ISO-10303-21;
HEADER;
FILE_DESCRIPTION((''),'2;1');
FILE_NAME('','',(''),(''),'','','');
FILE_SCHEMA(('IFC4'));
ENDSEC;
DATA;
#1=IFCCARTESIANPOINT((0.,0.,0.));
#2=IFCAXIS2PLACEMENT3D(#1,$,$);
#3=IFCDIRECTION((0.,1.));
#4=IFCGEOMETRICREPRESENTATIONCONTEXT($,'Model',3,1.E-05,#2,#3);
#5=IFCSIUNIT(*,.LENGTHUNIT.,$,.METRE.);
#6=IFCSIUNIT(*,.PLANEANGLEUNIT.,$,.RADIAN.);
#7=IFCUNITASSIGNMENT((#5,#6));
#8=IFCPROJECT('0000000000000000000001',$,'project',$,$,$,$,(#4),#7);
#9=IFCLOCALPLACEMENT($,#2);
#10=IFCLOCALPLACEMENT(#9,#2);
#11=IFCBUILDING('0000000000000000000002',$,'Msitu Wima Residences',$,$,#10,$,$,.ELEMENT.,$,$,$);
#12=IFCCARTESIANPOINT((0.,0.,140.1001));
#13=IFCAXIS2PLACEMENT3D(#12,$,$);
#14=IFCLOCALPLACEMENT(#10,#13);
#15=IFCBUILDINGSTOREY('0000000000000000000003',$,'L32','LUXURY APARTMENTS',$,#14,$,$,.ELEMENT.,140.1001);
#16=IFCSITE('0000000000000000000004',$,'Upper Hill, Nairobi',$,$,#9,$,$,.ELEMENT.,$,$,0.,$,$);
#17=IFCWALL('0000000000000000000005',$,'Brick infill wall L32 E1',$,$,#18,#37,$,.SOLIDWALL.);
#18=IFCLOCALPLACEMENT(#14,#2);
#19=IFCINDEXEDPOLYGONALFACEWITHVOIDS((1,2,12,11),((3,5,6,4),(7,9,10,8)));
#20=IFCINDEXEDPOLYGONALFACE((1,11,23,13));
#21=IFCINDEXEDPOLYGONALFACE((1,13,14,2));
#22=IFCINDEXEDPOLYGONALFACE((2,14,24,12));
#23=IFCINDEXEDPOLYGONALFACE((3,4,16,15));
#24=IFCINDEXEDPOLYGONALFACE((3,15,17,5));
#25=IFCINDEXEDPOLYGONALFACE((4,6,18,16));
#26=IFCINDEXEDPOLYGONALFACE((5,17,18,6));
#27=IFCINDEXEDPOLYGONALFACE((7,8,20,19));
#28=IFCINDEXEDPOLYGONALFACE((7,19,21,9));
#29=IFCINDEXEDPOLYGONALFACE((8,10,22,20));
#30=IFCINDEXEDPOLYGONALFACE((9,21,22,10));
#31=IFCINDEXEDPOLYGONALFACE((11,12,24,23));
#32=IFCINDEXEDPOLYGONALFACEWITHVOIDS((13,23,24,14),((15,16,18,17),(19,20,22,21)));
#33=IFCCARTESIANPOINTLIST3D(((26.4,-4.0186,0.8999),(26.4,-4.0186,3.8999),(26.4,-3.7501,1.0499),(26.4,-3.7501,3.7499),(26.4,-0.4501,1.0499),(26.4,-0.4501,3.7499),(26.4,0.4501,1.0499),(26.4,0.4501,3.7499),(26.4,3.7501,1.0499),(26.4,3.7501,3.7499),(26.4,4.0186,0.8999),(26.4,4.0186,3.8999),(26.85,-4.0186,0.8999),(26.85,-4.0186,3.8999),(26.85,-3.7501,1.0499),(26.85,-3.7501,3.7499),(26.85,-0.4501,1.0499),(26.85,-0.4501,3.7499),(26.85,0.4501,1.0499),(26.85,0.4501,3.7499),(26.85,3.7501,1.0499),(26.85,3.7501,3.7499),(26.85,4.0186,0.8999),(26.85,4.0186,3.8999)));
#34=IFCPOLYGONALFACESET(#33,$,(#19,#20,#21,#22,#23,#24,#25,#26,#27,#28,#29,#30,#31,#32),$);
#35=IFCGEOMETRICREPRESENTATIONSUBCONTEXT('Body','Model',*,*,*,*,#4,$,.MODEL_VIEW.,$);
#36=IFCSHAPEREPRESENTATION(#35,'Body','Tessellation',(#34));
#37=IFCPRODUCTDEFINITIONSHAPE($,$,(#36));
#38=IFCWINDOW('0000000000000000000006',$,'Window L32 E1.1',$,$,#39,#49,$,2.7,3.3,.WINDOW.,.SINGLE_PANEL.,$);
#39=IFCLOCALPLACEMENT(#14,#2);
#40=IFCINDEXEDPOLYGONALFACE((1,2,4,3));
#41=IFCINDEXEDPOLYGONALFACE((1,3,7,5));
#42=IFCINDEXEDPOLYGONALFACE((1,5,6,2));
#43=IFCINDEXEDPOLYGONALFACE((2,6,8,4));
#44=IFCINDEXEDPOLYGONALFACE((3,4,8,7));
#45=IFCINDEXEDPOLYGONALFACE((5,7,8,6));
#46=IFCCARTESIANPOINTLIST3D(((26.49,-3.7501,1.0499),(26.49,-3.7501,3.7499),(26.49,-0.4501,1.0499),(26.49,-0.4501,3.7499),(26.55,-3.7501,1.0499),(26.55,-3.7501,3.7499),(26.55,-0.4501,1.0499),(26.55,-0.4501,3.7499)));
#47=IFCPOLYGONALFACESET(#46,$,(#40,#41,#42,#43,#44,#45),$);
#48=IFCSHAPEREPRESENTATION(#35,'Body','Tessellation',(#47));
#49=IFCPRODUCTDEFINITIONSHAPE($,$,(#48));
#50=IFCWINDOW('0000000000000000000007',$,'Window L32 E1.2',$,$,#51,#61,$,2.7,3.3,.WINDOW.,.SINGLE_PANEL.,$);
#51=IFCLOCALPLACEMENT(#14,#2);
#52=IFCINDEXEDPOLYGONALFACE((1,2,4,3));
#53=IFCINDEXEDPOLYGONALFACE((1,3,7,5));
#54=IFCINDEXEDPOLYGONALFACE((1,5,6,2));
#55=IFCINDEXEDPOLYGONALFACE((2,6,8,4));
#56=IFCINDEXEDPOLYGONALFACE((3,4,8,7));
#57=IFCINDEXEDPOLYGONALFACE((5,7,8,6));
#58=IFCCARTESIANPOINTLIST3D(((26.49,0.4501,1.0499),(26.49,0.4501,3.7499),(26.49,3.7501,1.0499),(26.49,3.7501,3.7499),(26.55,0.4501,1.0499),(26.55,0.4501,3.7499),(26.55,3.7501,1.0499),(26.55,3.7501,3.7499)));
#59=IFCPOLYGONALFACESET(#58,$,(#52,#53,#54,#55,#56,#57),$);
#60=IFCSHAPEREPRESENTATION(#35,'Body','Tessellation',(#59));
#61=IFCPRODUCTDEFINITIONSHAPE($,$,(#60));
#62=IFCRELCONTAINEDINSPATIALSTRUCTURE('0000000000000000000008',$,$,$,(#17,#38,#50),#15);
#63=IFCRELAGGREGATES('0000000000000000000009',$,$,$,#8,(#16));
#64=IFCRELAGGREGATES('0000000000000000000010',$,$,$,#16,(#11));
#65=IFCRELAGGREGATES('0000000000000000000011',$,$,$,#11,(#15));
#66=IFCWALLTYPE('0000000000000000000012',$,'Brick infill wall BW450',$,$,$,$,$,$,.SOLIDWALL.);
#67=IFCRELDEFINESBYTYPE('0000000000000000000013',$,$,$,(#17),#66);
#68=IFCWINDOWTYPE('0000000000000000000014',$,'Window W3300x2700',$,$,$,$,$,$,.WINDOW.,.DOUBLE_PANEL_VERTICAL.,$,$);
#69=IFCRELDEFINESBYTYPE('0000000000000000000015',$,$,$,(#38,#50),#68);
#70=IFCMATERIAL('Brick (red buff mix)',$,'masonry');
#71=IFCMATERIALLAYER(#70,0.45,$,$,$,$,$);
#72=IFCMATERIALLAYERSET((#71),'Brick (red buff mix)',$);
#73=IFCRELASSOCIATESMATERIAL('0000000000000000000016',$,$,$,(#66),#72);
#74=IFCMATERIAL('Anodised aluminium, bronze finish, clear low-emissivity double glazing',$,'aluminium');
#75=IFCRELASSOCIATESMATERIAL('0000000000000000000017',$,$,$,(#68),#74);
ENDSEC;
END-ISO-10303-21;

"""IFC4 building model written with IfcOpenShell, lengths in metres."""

from ifc_helpers import new_model, si_unit, direction, frame, frame_2d, origin, place, context, subcontext, project, spatial, rectangle, extrude, material, layer, layer_set, type_object, element, fill, save


model = new_model("IFC4")

# Units and contexts
model_context = context("Model", 3, precision=1e-05, world=origin(), true_north=direction((0.0, 1.0)))
body_context = subcontext(model_context, "Body", "Model", "MODEL_VIEW")
ifc_project = project(units=[si_unit("LENGTHUNIT", "METRE"), si_unit("PLANEANGLEUNIT", "RADIAN")], contexts=[model_context])

# Site, building, storey
site_placement = place(None, origin())
site = spatial("IfcSite", under=ifc_project, at=site_placement, Name="Upper Hill, Nairobi", CompositionType="ELEMENT", RefElevation=0.0)
building_placement = place(site_placement, origin())
building = spatial("IfcBuilding", under=site, at=building_placement, Name="Msitu Wima Residences", CompositionType="ELEMENT")
storey_placement = place(building_placement, frame((0.0, 0.0, 140.1001)))
storey = spatial("IfcBuildingStorey", under=building, at=storey_placement, Name="L32", Description="LUXURY APARTMENTS", CompositionType="ELEMENT", Elevation=140.1001)

# Shared definitions
ifc_material_1 = material(Name="Brick (red buff mix)", Category="masonry")
ifc_layer_1 = layer(ifc_material_1, 0.45)
ifc_layer_set_1 = layer_set([ifc_layer_1], Name="Brick (red buff mix)")
wall_type_1 = type_object("IfcWallType", Name="Brick infill wall BW450", PredefinedType="SOLIDWALL", material=ifc_layer_set_1)
ifc_material_2 = material(Name="Anodised aluminium, bronze finish, clear low-emissivity double glazing", Category="aluminium")
window_type = type_object("IfcWindowType", Name="Window W3300x2700", PartitioningType="DOUBLE_PANEL_VERTICAL", PredefinedType="WINDOW", material=ifc_material_2)

# Wall, openings, windows
wall_1_placement = place(storey_placement, frame((26.625, -4.0186, 0.8999), z_axis=(0.0, 0.0, 1.0), x_axis=(0.0, 1.0, 0.0)))
wall_1 = element("IfcWall", 1, at=wall_1_placement, inside=storey, type_object=wall_type_1, Name="Brick infill wall L32 E1", PredefinedType="SOLIDWALL", context=body_context, shape_type="SweptSolid", body=[
    extrude(rectangle(XDim=8.0371, YDim=0.45, at=frame_2d((4.0186, 0.0))), origin(), (0.0, 0.0, 1.0), 3.0),
])
opening_1_placement = place(wall_1_placement, frame((0.2686, 0.0, 0.1499)))
opening_1 = element("IfcOpeningElement", 2, at=opening_1_placement, cuts=wall_1, PredefinedType="OPENING", context=body_context, shape_type="SweptSolid", body=[
    extrude(rectangle(XDim=3.3, YDim=2.7, at=frame_2d((1.6499, 1.3501))), frame((0.0, 0.2349, 0.0), z_axis=(0.0, -1.0, 0.0), x_axis=(1.0, 0.0, 0.0)), (0.0, 0.0, 1.0), 0.47),
])
opening_2_placement = place(wall_1_placement, frame((4.4688, 0.0, 0.1499)))
opening_2 = element("IfcOpeningElement", 3, at=opening_2_placement, cuts=wall_1, PredefinedType="OPENING", context=body_context, shape_type="SweptSolid", body=[
    extrude(rectangle(XDim=3.3, YDim=2.7, at=frame_2d((1.6499, 1.3501))), frame((0.0, 0.2349, 0.0), z_axis=(0.0, -1.0, 0.0), x_axis=(1.0, 0.0, 0.0)), (0.0, 0.0, 1.0), 0.47),
])
window_1_placement = place(opening_1_placement, origin())
window_1 = element("IfcWindow", 4, at=window_1_placement, inside=storey, type_object=window_type, Name="Window L32 E1.1", OverallHeight=2.7, OverallWidth=3.3, PartitioningType="SINGLE_PANEL", PredefinedType="WINDOW", context=body_context, shape_type="SweptSolid", body=[
    extrude(rectangle(XDim=3.3, YDim=2.7, at=frame_2d((1.6499, 1.3501))), frame((0.0, 0.135, 0.0), z_axis=(0.0, -1.0, 0.0), x_axis=(1.0, 0.0, 0.0)), (0.0, 0.0, 1.0), 0.0601),
])
fill(opening_1, window_1)
window_2_placement = place(opening_2_placement, origin())
window_2 = element("IfcWindow", 5, at=window_2_placement, inside=storey, type_object=window_type, Name="Window L32 E1.2", OverallHeight=2.7, OverallWidth=3.3, PartitioningType="SINGLE_PANEL", PredefinedType="WINDOW", context=body_context, shape_type="SweptSolid", body=[
    extrude(rectangle(XDim=3.3, YDim=2.7, at=frame_2d((1.6499, 1.3501))), frame((0.0, 0.135, 0.0), z_axis=(0.0, -1.0, 0.0), x_axis=(1.0, 0.0, 0.0)), (0.0, 0.0, 1.0), 0.0601),
])
fill(opening_2, window_2)

save(model, "model.ifc")
